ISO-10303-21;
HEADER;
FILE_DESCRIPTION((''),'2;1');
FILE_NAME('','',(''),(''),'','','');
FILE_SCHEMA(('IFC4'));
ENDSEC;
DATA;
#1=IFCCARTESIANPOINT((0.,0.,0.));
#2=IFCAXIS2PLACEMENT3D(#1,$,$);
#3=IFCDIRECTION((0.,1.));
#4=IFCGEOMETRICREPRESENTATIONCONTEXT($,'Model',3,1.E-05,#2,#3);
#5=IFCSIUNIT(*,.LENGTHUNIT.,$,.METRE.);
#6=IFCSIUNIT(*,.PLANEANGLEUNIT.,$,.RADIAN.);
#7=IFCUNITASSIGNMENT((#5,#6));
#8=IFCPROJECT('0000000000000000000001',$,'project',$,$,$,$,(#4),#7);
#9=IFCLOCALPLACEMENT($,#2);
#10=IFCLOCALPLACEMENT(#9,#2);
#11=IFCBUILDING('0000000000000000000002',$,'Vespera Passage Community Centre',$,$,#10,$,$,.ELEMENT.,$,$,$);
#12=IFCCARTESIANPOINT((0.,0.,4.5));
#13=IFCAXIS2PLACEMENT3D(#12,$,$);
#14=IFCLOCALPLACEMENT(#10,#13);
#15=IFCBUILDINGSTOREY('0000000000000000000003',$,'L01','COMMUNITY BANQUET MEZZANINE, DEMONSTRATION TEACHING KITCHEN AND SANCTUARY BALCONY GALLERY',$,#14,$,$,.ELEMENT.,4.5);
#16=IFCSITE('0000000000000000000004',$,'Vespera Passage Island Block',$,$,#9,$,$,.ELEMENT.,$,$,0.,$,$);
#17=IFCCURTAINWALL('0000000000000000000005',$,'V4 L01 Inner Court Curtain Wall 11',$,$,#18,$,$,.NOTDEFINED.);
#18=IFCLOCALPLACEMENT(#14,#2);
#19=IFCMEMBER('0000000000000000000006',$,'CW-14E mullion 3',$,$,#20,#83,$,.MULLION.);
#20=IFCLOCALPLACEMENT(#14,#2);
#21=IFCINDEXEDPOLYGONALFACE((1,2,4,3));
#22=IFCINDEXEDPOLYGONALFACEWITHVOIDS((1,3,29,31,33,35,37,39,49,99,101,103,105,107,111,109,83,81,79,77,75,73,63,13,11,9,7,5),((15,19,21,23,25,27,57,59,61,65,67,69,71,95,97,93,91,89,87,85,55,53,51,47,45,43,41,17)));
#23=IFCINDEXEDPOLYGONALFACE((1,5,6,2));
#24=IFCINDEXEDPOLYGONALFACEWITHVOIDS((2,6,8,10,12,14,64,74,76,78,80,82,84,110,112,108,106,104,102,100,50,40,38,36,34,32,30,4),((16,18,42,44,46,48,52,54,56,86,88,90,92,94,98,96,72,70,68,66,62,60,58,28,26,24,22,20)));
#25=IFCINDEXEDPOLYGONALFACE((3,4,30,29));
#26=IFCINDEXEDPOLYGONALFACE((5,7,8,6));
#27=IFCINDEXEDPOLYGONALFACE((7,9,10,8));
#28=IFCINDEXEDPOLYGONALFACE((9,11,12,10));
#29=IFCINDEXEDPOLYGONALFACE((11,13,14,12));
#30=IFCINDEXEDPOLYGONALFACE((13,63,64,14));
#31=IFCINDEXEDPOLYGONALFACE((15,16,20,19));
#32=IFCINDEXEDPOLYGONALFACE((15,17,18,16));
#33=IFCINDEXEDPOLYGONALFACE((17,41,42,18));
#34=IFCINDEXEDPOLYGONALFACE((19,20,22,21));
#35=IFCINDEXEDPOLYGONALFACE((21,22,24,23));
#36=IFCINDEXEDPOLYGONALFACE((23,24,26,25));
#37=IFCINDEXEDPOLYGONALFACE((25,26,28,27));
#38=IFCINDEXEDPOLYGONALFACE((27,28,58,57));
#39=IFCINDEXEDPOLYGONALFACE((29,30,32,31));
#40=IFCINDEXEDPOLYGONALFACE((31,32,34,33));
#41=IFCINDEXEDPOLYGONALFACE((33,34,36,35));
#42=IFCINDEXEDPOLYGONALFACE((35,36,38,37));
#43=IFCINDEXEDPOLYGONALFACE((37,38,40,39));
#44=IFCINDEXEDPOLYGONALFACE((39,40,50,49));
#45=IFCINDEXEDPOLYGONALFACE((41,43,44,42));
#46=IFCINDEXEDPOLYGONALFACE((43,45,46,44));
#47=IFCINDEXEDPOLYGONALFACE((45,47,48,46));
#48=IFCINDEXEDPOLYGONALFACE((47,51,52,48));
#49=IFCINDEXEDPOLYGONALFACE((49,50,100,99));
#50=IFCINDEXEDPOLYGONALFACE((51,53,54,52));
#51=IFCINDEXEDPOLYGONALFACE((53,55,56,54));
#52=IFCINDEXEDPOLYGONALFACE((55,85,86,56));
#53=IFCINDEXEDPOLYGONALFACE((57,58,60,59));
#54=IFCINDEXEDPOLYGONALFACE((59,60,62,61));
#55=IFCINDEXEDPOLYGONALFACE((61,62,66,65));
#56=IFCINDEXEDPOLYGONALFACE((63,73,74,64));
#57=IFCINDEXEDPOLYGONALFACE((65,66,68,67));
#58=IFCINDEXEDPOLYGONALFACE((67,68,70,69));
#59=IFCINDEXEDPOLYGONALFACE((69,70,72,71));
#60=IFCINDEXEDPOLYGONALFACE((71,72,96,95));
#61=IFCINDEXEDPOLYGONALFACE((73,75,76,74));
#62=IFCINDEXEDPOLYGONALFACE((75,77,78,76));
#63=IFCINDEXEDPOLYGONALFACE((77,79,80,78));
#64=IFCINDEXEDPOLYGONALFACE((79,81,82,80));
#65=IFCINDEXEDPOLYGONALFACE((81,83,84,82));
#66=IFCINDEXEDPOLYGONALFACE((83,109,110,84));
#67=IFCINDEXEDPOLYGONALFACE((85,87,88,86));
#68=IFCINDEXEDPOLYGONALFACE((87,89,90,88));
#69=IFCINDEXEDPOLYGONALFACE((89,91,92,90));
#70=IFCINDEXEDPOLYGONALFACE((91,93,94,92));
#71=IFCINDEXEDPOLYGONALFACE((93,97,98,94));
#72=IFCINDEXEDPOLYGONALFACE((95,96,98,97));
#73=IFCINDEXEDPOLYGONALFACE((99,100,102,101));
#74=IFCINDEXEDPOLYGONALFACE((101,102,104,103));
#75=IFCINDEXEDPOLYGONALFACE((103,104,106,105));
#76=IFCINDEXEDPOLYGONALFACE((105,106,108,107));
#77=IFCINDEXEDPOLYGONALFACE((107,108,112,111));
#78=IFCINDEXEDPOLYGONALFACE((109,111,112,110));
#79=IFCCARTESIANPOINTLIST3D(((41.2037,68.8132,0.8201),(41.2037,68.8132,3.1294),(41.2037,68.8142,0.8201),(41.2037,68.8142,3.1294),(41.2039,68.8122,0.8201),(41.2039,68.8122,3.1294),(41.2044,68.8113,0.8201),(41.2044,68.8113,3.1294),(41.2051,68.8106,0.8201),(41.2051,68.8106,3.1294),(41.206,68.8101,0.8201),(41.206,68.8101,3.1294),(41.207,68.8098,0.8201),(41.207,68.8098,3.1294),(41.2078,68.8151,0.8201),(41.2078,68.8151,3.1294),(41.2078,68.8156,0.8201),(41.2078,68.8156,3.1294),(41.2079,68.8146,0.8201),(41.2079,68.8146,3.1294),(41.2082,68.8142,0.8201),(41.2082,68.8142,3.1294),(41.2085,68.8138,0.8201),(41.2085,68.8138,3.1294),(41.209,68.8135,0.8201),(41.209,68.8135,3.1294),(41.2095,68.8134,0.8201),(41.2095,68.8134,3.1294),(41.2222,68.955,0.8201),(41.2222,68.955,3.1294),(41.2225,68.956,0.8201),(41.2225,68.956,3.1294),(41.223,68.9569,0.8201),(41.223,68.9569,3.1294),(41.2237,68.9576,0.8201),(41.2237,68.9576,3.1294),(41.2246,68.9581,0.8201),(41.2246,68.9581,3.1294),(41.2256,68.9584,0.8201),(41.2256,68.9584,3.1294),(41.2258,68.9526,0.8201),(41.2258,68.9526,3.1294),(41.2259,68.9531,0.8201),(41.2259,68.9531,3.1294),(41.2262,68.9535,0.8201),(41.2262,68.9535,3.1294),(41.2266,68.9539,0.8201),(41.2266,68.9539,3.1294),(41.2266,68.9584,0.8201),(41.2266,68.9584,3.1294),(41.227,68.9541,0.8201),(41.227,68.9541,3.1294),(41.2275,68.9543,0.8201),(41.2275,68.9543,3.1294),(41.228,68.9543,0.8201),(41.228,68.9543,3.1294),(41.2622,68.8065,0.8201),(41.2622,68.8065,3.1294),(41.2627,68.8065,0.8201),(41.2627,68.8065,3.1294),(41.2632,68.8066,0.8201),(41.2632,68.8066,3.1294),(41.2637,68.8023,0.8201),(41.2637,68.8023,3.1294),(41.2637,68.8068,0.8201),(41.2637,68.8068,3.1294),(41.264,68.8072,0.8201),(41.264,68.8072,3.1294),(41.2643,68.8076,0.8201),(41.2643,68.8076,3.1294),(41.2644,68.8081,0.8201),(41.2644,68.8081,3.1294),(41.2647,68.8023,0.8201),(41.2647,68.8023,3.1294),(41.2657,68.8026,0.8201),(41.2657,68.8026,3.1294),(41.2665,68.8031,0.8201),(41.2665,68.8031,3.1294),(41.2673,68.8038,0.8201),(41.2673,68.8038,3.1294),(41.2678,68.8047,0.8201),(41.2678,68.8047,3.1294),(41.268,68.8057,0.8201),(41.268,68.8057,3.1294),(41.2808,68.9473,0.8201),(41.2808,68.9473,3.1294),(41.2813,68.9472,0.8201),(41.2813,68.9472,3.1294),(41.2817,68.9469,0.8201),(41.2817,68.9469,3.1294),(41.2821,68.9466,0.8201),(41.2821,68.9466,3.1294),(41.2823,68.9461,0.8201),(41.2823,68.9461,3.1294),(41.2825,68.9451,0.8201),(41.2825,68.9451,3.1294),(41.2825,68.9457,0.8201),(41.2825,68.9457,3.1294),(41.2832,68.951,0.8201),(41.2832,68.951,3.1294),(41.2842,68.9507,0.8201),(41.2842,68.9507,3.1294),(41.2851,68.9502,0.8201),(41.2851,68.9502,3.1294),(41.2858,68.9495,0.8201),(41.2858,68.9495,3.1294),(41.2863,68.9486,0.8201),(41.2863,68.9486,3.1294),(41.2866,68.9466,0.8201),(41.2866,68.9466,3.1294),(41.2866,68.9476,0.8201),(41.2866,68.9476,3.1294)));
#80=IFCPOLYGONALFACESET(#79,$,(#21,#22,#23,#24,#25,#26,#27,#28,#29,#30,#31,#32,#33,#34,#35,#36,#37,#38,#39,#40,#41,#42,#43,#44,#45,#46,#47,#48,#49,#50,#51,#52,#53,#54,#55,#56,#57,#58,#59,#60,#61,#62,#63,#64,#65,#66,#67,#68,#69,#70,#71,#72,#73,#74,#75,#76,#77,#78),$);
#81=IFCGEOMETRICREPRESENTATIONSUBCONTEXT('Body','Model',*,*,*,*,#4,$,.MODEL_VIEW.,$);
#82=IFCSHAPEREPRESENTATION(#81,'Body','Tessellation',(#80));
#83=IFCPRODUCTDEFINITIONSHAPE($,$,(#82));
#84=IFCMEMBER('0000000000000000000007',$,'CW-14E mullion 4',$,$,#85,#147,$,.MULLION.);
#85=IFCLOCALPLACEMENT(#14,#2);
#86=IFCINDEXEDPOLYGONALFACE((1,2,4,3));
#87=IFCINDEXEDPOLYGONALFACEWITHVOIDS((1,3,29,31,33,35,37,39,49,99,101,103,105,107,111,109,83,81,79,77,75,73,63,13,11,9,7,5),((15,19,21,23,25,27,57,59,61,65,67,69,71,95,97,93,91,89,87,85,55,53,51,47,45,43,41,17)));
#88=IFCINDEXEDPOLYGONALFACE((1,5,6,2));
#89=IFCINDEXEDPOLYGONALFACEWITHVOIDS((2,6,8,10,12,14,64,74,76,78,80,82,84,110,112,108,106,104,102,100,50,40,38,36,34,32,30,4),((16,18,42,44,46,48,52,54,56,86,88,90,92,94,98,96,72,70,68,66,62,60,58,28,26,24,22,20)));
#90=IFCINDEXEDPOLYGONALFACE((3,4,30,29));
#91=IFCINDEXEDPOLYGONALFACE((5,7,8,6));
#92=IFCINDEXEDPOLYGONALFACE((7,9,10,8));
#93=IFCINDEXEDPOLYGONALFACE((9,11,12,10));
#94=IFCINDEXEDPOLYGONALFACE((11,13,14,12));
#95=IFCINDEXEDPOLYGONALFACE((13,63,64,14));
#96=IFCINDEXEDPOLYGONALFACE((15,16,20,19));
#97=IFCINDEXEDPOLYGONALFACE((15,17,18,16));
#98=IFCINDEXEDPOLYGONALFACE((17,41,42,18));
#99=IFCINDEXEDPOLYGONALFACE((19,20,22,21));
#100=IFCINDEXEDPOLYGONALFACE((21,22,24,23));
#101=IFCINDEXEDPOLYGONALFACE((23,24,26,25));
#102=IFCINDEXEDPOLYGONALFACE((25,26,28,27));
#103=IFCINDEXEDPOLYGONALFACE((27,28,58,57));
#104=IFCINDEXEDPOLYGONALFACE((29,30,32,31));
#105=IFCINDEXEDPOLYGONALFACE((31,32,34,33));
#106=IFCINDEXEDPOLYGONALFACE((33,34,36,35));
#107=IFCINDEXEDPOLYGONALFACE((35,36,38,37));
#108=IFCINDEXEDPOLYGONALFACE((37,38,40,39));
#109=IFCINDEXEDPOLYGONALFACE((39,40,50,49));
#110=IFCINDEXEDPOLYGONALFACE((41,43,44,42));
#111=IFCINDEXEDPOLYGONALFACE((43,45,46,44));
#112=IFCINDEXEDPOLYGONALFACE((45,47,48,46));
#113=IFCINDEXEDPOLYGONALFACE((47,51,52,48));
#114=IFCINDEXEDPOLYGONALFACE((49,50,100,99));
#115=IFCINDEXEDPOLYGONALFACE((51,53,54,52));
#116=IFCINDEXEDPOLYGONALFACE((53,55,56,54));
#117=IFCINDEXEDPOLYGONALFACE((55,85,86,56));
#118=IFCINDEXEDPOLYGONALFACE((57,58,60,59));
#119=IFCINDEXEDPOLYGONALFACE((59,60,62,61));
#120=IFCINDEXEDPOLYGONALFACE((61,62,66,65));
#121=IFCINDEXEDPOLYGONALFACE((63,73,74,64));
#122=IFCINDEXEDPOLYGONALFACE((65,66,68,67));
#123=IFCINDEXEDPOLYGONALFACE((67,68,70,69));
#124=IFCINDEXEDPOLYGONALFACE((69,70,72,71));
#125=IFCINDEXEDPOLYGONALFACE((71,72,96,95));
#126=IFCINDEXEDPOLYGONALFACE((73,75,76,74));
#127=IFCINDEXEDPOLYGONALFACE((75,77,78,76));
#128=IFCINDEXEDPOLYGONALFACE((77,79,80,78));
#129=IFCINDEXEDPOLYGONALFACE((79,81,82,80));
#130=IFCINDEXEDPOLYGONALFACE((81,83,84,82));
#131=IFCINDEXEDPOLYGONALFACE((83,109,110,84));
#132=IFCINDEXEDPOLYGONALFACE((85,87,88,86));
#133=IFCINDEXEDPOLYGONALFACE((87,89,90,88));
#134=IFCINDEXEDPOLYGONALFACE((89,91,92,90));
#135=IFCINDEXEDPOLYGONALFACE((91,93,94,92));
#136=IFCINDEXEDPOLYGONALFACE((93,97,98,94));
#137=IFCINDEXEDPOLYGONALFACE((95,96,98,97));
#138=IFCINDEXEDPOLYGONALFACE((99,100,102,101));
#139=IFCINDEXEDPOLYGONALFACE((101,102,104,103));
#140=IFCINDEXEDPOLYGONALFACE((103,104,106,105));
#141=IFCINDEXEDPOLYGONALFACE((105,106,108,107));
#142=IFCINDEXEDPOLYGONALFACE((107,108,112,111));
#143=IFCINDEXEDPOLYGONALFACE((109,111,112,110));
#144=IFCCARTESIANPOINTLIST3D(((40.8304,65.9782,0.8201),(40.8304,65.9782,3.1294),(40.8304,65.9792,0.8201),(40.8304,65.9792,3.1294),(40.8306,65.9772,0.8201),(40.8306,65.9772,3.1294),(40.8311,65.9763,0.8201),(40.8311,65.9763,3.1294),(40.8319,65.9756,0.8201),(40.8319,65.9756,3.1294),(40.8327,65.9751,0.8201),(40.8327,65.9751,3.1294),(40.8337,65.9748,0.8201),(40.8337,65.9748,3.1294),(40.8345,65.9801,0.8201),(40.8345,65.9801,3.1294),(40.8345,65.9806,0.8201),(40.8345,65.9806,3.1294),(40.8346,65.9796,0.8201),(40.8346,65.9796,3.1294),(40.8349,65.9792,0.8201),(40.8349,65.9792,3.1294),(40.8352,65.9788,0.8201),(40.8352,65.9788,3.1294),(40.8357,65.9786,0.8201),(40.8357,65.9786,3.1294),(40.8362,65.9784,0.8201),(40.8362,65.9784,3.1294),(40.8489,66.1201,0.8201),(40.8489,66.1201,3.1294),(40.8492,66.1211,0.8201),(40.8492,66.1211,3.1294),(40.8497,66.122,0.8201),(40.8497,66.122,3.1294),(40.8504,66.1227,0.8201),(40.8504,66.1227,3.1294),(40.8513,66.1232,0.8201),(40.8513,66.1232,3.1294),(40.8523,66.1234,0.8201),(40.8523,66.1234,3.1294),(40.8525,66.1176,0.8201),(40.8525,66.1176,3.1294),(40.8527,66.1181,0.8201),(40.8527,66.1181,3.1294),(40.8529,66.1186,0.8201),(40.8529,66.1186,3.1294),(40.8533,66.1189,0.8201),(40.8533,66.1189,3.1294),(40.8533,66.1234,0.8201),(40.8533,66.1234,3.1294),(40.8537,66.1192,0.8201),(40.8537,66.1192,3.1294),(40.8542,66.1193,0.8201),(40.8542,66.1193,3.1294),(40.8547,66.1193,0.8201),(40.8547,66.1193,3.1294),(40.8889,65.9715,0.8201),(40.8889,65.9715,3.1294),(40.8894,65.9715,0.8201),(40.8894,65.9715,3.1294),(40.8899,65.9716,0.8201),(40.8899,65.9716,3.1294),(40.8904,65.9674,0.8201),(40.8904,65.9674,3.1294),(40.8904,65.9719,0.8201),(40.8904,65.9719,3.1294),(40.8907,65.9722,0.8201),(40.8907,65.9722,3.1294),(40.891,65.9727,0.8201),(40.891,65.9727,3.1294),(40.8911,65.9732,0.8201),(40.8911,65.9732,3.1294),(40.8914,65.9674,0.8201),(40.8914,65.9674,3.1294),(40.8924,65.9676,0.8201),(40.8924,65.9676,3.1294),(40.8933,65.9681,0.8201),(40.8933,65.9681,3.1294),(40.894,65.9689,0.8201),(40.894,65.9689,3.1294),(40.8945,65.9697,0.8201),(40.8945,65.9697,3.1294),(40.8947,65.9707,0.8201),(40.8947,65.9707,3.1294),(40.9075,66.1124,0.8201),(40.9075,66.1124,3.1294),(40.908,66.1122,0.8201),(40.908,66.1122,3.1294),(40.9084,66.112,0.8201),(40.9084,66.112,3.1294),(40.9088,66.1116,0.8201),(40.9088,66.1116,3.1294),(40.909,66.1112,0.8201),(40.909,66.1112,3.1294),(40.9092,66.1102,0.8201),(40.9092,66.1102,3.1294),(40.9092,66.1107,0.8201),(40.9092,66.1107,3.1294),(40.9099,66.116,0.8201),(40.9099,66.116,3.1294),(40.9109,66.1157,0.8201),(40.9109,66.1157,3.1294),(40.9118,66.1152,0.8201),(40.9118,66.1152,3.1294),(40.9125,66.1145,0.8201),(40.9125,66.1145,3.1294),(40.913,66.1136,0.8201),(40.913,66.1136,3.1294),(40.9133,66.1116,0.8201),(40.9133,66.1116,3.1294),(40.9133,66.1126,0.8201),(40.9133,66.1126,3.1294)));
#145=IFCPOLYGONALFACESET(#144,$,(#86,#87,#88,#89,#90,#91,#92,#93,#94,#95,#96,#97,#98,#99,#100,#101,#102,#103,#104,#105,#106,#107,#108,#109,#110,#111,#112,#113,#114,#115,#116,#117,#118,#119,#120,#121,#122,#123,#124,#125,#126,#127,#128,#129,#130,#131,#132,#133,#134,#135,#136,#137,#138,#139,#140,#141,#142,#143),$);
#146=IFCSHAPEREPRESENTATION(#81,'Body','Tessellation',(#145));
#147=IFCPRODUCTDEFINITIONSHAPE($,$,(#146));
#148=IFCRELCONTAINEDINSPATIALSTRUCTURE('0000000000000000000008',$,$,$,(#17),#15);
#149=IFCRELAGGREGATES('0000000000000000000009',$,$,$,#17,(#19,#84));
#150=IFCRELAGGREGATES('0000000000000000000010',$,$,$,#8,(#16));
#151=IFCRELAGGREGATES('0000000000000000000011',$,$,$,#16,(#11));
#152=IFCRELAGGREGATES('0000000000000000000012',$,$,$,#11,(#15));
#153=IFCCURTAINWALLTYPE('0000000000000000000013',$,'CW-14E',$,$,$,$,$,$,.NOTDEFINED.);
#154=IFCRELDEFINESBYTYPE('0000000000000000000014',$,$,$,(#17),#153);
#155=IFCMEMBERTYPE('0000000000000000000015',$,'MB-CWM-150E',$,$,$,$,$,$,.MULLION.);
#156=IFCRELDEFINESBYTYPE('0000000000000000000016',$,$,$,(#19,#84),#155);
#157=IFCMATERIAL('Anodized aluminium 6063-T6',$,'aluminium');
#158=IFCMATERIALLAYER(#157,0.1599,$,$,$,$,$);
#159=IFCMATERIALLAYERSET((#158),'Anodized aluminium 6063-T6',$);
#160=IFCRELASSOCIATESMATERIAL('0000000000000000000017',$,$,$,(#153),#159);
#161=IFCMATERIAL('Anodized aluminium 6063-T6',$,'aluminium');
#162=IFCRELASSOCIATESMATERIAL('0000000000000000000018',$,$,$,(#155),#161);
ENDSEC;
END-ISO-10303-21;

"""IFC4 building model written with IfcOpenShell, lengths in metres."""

from ifc_helpers import new_model, si_unit, direction, frame, origin, origin_2d, place, context, subcontext, project, spatial, hollow_rectangle, extrude, material, layer, layer_set, material_profile, profile_set, type_object, element, aggregate, save


model = new_model("IFC4")

# Units and contexts
model_context = context("Model", 3, precision=1e-05, world=origin(), true_north=direction((0.0, 1.0)))
body_context = subcontext(model_context, "Body", "Model", "MODEL_VIEW")
ifc_project = project(units=[si_unit("LENGTHUNIT", "METRE"), si_unit("PLANEANGLEUNIT", "RADIAN")], contexts=[model_context])

# Site, building, storey
site_placement = place(None, origin())
site = spatial("IfcSite", under=ifc_project, at=site_placement, Name="Vespera Passage Island Block", CompositionType="ELEMENT", RefElevation=0.0)
building_placement = place(site_placement, origin())
building = spatial("IfcBuilding", under=site, at=building_placement, Name="Vespera Passage Community Centre", CompositionType="ELEMENT")
storey_placement = place(building_placement, frame((0.0, 0.0, 4.5)))
storey = spatial("IfcBuildingStorey", under=building, at=storey_placement, Name="L01", Description="COMMUNITY BANQUET MEZZANINE, DEMONSTRATION TEACHING KITCHEN AND SANCTUARY BALCONY GALLERY", CompositionType="ELEMENT", Elevation=4.5)

# Curtain wall, members
ifc_material_1 = material(Name="Anodized aluminium 6063-T6", Category="aluminium")
ifc_layer_1 = layer(ifc_material_1, 0.1599)
ifc_layer_set_1 = layer_set([ifc_layer_1], Name="Anodized aluminium 6063-T6")
curtain_wall_type_1 = type_object("IfcCurtainWallType", Name="CW-14E", PredefinedType="NOTDEFINED", material=ifc_layer_set_1)
curtain_wall_1_placement = place(storey_placement, origin())
curtain_wall_1 = element("IfcCurtainWall", 1, at=curtain_wall_1_placement, inside=storey, type_object=curtain_wall_type_1, Name="V4 L01 Inner Court Curtain Wall 11", PredefinedType="NOTDEFINED")
ifc_material_2 = material(Name="Anodized aluminium 6063-T6", Category="aluminium")
ifc_material_profile_1 = material_profile(ifc_material_2, hollow_rectangle(XDim=0.0649, YDim=0.1499, WallThickness=0.0039, InnerFilletRadius=0.002, OuterFilletRadius=0.0039, at=origin_2d()), Name="ALU150X65X4")
ifc_profile_set_1 = profile_set([ifc_material_profile_1], Name="Anodized aluminium 6063-T6")
member_type_1 = type_object("IfcMemberType", Name="MB-CWM-150E", PredefinedType="MULLION", material=ifc_profile_set_1)
member_1_placement = place(storey_placement, frame((41.2451, 68.8804, 0.8201), z_axis=(0.0, 0.0, 1.0), x_axis=(0.991445, -0.130522, 0.0)))
member_1 = element("IfcMember", 2, at=member_1_placement, type_object=member_type_1, Name="CW-14E mullion 3", PredefinedType="MULLION", context=body_context, shape_type="SweptSolid", body=[
    extrude(hollow_rectangle(XDim=0.0649, YDim=0.1499, WallThickness=0.0039, InnerFilletRadius=0.002, OuterFilletRadius=0.0039, at=origin_2d()), origin(), (0.0, 0.0, 1.0), 2.3093),
])
member_2_placement = place(storey_placement, frame((40.8718, 66.0454, 0.8201), z_axis=(0.0, 0.0, 1.0), x_axis=(0.991445, -0.130522, 0.0)))
member_2 = element("IfcMember", 3, at=member_2_placement, type_object=member_type_1, Name="CW-14E mullion 4", PredefinedType="MULLION", context=body_context, shape_type="SweptSolid", body=[
    extrude(hollow_rectangle(XDim=0.0649, YDim=0.1499, WallThickness=0.0039, InnerFilletRadius=0.002, OuterFilletRadius=0.0039, at=origin_2d()), origin(), (0.0, 0.0, 1.0), 2.3093),
])

aggregate(curtain_wall_1, [member_1, member_2])

save(model, "model.ifc")
